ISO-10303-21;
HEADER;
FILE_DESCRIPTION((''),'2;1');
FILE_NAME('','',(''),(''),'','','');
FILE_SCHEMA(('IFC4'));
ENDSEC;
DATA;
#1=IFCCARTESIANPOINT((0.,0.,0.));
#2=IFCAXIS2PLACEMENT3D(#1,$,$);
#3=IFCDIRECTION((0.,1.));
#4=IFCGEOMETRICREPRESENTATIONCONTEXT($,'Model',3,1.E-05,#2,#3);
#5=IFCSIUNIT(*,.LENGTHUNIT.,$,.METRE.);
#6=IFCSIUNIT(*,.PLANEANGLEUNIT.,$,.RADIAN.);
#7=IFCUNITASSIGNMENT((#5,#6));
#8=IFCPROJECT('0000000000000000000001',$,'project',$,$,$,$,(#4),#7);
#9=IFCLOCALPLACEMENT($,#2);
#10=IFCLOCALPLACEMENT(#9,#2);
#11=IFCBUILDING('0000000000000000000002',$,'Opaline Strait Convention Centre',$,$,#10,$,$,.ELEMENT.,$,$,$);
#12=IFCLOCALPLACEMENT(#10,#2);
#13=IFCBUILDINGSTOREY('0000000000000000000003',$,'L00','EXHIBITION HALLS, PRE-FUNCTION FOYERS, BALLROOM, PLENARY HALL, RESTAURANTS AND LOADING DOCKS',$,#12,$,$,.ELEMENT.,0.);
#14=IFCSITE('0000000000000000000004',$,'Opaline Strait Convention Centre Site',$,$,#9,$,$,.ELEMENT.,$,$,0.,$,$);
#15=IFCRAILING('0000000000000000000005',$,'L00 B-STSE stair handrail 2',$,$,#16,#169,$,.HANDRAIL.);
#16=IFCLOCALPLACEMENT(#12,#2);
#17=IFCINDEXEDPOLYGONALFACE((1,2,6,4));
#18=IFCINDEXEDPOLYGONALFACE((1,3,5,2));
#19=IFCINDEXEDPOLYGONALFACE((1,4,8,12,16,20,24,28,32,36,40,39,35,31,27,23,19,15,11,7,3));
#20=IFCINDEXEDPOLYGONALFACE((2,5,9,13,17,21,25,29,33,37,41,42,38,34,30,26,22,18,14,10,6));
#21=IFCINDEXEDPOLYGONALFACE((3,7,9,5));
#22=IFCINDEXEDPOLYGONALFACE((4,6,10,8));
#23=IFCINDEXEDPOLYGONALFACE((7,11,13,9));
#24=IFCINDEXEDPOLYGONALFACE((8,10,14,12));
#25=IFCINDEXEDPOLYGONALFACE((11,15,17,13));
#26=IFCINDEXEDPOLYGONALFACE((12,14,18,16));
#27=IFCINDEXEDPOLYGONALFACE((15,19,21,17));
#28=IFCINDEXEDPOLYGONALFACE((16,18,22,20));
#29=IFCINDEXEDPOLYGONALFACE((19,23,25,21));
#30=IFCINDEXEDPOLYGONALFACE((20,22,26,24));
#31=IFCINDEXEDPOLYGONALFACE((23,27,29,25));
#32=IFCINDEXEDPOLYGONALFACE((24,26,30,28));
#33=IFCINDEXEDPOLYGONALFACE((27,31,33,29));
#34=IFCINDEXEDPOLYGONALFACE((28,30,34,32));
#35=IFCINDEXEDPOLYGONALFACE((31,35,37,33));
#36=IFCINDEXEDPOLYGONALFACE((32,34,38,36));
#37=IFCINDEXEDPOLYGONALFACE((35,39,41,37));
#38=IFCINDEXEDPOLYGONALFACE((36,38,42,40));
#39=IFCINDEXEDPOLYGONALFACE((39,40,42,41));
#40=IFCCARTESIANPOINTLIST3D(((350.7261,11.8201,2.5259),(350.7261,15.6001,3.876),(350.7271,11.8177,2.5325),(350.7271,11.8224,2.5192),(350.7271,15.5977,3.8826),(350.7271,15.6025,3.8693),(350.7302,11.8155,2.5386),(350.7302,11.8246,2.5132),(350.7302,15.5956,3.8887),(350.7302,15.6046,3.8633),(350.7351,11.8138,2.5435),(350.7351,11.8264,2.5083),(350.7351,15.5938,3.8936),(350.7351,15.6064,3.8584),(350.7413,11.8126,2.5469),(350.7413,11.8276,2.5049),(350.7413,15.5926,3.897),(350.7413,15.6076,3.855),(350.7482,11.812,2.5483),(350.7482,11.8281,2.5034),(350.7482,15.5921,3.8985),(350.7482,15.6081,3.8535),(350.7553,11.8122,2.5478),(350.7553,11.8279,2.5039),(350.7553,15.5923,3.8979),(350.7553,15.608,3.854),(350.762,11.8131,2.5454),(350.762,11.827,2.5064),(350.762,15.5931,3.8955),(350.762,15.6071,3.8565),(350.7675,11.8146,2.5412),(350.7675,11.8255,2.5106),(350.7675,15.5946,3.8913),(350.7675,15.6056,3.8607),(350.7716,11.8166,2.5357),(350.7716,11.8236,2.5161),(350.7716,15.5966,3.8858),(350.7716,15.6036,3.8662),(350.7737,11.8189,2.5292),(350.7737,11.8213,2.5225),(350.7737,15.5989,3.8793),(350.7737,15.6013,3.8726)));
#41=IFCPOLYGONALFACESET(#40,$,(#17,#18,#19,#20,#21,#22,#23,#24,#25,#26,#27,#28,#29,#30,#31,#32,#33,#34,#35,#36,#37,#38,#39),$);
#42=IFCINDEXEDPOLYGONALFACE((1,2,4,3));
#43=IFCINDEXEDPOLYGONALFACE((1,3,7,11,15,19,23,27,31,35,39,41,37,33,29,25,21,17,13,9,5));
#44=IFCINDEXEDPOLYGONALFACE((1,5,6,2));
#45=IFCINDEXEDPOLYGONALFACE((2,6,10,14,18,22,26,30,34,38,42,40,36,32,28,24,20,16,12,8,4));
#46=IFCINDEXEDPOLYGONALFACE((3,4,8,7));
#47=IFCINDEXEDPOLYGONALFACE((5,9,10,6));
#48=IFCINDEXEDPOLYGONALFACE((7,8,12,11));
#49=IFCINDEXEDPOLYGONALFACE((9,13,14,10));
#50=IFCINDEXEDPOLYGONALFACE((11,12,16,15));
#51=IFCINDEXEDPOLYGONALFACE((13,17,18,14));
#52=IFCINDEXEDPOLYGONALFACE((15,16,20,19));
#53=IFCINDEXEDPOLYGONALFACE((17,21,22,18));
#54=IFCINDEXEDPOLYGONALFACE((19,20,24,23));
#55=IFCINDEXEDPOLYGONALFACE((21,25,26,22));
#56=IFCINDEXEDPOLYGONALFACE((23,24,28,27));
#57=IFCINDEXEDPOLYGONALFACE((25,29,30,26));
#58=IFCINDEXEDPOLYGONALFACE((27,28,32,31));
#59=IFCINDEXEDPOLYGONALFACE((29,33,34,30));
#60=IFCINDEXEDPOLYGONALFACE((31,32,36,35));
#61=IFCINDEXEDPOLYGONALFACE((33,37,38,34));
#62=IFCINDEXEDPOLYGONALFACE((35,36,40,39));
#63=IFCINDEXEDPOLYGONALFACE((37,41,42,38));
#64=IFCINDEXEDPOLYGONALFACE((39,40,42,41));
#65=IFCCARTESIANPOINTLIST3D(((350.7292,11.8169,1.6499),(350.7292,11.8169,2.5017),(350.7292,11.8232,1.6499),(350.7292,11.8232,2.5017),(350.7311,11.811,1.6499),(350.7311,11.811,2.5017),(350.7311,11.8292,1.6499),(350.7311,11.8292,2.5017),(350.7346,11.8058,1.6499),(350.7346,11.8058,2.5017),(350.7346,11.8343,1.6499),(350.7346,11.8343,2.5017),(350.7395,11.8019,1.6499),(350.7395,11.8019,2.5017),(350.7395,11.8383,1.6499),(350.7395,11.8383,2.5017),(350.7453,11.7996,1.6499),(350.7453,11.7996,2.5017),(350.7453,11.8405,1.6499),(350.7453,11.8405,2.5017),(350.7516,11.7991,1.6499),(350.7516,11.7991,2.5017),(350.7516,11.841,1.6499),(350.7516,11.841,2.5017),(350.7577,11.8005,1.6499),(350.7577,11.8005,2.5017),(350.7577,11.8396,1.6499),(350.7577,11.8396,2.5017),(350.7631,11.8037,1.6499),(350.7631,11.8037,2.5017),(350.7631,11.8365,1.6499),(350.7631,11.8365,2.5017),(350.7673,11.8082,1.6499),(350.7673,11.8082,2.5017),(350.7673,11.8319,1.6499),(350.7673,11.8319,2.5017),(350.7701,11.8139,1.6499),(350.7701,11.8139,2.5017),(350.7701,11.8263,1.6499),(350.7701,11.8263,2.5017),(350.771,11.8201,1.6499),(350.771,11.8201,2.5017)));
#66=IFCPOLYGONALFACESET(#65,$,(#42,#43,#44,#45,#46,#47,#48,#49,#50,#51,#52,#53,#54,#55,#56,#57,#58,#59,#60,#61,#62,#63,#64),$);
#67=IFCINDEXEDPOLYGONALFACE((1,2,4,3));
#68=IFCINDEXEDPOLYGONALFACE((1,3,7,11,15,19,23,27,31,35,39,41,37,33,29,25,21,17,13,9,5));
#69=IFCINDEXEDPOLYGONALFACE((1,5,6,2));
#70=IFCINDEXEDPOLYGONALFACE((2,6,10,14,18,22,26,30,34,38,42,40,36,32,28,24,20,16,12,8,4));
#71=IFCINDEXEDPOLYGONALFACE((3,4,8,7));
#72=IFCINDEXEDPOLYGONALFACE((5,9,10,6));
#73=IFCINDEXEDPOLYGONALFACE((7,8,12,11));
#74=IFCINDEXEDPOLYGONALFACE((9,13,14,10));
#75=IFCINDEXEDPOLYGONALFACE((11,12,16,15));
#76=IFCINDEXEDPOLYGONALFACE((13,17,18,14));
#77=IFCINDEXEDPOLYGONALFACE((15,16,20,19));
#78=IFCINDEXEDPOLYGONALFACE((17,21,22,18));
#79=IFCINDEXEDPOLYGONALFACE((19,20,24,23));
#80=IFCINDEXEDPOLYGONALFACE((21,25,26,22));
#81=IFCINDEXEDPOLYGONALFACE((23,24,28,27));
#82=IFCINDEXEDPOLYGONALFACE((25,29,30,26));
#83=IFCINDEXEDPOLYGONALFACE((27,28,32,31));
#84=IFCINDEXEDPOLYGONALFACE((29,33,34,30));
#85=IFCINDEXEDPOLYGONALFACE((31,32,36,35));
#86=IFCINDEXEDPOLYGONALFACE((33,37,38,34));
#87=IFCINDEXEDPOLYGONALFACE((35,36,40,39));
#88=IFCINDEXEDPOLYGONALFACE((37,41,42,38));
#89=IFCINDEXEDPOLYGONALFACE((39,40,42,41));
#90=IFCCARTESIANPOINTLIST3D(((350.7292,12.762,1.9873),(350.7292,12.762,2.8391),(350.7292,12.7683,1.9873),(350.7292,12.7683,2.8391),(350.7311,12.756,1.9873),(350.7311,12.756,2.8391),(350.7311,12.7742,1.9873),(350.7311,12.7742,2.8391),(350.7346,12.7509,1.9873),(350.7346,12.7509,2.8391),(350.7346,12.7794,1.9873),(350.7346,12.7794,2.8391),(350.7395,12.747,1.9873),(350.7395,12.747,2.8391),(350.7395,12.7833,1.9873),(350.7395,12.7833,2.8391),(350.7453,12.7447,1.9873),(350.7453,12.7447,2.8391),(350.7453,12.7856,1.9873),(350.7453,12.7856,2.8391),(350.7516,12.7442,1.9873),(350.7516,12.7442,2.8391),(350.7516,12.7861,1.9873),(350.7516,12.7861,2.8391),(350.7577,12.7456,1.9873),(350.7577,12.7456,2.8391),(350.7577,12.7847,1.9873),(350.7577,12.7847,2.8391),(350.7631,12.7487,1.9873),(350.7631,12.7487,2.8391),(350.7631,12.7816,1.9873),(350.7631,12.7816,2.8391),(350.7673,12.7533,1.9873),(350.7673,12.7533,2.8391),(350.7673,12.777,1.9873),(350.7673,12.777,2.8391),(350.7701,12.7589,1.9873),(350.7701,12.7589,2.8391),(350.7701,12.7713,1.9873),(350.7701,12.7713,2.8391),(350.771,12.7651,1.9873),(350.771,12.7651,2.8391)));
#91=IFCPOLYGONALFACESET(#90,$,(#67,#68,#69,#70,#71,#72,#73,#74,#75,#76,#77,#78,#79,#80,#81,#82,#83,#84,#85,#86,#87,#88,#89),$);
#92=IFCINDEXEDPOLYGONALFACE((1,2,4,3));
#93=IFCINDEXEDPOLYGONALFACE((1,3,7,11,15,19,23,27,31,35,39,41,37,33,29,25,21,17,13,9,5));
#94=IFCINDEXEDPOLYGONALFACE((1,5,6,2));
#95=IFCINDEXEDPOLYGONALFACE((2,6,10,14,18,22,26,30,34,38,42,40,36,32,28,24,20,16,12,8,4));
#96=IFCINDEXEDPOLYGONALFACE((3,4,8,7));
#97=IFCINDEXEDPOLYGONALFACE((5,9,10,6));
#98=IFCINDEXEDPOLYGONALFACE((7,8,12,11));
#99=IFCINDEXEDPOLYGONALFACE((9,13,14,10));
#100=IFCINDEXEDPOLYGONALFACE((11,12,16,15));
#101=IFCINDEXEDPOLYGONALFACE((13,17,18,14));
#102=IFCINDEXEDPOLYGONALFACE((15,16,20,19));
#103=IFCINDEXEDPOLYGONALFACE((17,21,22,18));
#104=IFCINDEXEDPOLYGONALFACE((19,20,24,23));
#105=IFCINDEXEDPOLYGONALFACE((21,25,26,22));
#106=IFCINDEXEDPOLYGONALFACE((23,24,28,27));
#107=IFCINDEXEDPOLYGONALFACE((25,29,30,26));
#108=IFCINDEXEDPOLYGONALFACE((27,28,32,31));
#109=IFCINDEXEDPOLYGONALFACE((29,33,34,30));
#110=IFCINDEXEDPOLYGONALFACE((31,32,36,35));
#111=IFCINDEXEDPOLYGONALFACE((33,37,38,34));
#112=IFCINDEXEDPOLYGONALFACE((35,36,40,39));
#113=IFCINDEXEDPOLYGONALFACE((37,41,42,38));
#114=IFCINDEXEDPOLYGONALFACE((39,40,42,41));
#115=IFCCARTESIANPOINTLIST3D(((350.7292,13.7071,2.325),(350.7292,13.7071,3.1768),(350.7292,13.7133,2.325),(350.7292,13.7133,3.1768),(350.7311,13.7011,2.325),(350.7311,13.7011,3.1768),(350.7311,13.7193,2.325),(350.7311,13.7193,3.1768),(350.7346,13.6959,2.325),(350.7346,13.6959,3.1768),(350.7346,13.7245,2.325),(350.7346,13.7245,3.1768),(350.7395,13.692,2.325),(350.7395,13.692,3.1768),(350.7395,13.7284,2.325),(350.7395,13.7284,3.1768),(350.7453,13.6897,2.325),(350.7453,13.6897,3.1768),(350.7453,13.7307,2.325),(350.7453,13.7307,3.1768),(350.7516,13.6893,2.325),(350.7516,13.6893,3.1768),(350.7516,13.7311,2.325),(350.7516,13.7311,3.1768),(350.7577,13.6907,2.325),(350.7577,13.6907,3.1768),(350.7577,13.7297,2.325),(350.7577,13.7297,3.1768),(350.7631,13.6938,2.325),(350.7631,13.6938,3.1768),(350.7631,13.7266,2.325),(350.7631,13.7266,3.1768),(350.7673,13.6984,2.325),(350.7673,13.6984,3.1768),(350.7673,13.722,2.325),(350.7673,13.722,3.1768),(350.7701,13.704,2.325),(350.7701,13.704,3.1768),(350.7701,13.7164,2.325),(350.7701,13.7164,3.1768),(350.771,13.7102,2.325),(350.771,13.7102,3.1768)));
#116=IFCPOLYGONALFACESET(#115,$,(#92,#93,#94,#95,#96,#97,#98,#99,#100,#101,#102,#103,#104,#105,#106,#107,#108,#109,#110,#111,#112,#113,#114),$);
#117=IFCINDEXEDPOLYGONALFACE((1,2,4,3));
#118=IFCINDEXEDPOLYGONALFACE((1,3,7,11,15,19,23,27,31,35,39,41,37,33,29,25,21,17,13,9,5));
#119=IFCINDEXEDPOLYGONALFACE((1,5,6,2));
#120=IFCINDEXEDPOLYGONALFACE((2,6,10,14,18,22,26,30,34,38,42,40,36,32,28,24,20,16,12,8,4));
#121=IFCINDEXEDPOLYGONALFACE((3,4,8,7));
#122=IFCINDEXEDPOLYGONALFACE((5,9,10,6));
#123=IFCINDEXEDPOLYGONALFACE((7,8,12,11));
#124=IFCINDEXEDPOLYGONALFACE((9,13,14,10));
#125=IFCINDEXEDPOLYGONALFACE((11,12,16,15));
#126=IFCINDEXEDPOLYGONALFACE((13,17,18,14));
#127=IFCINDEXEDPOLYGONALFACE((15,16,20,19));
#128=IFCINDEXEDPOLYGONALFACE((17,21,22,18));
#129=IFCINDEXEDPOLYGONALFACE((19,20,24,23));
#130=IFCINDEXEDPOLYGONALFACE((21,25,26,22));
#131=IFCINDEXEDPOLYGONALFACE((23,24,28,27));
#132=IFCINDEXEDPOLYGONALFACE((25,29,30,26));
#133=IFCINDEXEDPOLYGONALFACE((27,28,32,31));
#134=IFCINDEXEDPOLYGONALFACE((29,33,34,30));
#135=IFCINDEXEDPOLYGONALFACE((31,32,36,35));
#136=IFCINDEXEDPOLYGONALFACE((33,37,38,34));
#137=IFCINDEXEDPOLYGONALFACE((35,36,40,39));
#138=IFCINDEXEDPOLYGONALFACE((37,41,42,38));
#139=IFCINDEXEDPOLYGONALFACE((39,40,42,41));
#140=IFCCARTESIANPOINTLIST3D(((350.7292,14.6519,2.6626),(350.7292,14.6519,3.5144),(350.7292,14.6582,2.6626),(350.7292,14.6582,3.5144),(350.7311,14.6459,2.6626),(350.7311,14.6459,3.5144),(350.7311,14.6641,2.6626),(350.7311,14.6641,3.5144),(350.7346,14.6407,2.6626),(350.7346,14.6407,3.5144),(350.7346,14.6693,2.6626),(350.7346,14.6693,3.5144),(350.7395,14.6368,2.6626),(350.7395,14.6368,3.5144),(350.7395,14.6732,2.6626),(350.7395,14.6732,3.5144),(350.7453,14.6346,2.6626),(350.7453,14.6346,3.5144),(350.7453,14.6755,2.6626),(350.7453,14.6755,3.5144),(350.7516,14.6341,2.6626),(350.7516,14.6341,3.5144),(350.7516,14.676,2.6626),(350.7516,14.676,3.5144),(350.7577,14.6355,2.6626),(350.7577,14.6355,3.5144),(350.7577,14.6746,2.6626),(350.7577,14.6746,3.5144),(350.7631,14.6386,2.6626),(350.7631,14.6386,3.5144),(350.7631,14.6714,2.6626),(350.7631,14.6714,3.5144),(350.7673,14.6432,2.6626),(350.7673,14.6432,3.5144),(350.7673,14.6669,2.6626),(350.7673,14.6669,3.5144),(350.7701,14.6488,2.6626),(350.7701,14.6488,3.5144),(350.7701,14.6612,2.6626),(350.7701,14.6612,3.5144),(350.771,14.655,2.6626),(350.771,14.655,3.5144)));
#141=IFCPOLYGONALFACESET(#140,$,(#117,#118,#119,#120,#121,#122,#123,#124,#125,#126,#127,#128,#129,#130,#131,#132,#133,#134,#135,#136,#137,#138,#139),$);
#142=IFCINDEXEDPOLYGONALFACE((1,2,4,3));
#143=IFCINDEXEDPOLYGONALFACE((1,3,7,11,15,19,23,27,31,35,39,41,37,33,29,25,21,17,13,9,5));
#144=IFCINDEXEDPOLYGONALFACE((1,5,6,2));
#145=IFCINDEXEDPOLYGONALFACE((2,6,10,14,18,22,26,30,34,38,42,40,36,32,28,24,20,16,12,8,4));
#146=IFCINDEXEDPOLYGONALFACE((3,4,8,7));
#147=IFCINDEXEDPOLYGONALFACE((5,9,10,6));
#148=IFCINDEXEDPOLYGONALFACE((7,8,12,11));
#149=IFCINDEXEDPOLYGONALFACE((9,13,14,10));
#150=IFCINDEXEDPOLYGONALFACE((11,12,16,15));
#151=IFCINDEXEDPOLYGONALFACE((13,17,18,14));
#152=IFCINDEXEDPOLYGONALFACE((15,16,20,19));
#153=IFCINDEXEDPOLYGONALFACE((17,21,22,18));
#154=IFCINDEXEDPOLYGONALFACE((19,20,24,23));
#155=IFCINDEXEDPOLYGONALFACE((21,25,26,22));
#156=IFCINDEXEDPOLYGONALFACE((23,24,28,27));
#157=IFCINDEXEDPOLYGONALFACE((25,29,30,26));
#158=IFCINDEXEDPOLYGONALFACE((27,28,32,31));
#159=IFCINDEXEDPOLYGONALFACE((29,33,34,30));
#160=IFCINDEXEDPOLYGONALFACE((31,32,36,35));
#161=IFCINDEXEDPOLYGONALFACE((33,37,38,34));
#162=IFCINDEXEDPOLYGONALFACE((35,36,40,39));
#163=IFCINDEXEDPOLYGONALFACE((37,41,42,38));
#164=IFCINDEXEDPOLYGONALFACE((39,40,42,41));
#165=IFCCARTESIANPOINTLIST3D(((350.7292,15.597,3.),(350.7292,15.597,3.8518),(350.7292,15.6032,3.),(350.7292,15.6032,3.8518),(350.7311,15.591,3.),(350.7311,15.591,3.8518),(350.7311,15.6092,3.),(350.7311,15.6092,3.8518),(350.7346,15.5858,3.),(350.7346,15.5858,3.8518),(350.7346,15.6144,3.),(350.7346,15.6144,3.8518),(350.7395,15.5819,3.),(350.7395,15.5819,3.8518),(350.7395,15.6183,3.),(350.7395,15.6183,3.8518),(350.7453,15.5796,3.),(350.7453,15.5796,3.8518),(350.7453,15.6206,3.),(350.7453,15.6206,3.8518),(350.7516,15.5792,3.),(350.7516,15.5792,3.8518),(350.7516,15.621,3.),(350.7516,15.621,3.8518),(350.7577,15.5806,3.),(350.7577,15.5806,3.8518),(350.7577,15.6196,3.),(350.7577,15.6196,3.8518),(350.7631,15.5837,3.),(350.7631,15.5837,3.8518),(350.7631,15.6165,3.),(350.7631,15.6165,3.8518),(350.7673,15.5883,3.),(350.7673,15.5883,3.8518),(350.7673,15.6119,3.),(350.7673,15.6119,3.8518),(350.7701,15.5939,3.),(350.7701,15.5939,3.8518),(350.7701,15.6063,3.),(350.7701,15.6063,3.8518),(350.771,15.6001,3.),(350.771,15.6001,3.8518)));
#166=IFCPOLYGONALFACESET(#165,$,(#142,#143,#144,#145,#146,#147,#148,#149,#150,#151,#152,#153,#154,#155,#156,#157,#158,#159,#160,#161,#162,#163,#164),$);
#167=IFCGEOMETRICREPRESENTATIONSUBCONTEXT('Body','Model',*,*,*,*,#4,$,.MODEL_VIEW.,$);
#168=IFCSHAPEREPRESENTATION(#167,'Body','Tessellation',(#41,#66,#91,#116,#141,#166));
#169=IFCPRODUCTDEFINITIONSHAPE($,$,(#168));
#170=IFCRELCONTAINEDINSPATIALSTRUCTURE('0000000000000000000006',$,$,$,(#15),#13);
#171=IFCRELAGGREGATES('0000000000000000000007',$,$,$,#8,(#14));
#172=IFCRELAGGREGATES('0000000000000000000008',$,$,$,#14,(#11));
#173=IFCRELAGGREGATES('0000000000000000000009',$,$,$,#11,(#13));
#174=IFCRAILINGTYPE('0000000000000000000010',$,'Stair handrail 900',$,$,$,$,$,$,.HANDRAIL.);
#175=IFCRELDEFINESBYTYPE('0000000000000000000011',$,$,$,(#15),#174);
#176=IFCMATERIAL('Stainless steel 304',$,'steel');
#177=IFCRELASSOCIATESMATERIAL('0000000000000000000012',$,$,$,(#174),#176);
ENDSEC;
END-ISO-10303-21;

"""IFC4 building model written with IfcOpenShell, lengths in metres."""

from ifc_helpers import new_model, si_unit, direction, frame, origin, origin_2d, place, context, subcontext, project, spatial, circle, extrude, material, type_object, element, save


model = new_model("IFC4")

# Units and contexts
model_context = context("Model", 3, precision=1e-05, world=origin(), true_north=direction((0.0, 1.0)))
body_context = subcontext(model_context, "Body", "Model", "MODEL_VIEW")
ifc_project = project(units=[si_unit("LENGTHUNIT", "METRE"), si_unit("PLANEANGLEUNIT", "RADIAN")], contexts=[model_context])

# Site, building, storey
site_placement = place(None, origin())
site = spatial("IfcSite", under=ifc_project, at=site_placement, Name="Opaline Strait Convention Centre Site", CompositionType="ELEMENT", RefElevation=0.0)
building_placement = place(site_placement, origin())
building = spatial("IfcBuilding", under=site, at=building_placement, Name="Opaline Strait Convention Centre", CompositionType="ELEMENT")
storey_placement = place(building_placement, origin())
storey = spatial("IfcBuildingStorey", under=building, at=storey_placement, Name="L00", Description="EXHIBITION HALLS, PRE-FUNCTION FOYERS, BALLROOM, PLENARY HALL, RESTAURANTS AND LOADING DOCKS", CompositionType="ELEMENT", Elevation=0.0)

# Railing
ifc_material_1 = material(Name="Stainless steel 304", Category="steel")
railing_type_1 = type_object("IfcRailingType", Name="Stair handrail 900", PredefinedType="HANDRAIL", material=ifc_material_1)
for number, where, name in (
    (1, (350.75, 11.8201, 1.6499), "L00 B-STSE stair handrail 2"),
):
    element("IfcRailing", number, at=place(storey_placement, frame(where)), inside=storey, type_object=railing_type_1, Name=name, PredefinedType="HANDRAIL", context=body_context, shape_type="SweptSolid", body=[
        extrude(circle(Radius=0.0239, at=origin_2d()), frame((0.0, 0.0, 0.876), z_axis=(0.0, 0.941735, 0.336356), x_axis=(-1.0, 0.0, 0.0)), (0.0, 0.0, 1.0), 4.0139),
        extrude(circle(Radius=0.021, at=origin_2d()), origin(), (0.0, 0.0, 1.0), 0.8518),
        extrude(circle(Radius=0.021, at=origin_2d()), frame((0.0, 0.9451, 0.3374)), (0.0, 0.0, 1.0), 0.8518),
        extrude(circle(Radius=0.021, at=origin_2d()), frame((0.0, 1.8901, 0.675)), (0.0, 0.0, 1.0), 0.8518),
        extrude(circle(Radius=0.021, at=origin_2d()), frame((0.0, 2.835, 1.0127)), (0.0, 0.0, 1.0), 0.8518),
        extrude(circle(Radius=0.021, at=origin_2d()), frame((0.0, 3.78, 1.3501)), (0.0, 0.0, 1.0), 0.8518),
    ])

save(model, "model.ifc")
